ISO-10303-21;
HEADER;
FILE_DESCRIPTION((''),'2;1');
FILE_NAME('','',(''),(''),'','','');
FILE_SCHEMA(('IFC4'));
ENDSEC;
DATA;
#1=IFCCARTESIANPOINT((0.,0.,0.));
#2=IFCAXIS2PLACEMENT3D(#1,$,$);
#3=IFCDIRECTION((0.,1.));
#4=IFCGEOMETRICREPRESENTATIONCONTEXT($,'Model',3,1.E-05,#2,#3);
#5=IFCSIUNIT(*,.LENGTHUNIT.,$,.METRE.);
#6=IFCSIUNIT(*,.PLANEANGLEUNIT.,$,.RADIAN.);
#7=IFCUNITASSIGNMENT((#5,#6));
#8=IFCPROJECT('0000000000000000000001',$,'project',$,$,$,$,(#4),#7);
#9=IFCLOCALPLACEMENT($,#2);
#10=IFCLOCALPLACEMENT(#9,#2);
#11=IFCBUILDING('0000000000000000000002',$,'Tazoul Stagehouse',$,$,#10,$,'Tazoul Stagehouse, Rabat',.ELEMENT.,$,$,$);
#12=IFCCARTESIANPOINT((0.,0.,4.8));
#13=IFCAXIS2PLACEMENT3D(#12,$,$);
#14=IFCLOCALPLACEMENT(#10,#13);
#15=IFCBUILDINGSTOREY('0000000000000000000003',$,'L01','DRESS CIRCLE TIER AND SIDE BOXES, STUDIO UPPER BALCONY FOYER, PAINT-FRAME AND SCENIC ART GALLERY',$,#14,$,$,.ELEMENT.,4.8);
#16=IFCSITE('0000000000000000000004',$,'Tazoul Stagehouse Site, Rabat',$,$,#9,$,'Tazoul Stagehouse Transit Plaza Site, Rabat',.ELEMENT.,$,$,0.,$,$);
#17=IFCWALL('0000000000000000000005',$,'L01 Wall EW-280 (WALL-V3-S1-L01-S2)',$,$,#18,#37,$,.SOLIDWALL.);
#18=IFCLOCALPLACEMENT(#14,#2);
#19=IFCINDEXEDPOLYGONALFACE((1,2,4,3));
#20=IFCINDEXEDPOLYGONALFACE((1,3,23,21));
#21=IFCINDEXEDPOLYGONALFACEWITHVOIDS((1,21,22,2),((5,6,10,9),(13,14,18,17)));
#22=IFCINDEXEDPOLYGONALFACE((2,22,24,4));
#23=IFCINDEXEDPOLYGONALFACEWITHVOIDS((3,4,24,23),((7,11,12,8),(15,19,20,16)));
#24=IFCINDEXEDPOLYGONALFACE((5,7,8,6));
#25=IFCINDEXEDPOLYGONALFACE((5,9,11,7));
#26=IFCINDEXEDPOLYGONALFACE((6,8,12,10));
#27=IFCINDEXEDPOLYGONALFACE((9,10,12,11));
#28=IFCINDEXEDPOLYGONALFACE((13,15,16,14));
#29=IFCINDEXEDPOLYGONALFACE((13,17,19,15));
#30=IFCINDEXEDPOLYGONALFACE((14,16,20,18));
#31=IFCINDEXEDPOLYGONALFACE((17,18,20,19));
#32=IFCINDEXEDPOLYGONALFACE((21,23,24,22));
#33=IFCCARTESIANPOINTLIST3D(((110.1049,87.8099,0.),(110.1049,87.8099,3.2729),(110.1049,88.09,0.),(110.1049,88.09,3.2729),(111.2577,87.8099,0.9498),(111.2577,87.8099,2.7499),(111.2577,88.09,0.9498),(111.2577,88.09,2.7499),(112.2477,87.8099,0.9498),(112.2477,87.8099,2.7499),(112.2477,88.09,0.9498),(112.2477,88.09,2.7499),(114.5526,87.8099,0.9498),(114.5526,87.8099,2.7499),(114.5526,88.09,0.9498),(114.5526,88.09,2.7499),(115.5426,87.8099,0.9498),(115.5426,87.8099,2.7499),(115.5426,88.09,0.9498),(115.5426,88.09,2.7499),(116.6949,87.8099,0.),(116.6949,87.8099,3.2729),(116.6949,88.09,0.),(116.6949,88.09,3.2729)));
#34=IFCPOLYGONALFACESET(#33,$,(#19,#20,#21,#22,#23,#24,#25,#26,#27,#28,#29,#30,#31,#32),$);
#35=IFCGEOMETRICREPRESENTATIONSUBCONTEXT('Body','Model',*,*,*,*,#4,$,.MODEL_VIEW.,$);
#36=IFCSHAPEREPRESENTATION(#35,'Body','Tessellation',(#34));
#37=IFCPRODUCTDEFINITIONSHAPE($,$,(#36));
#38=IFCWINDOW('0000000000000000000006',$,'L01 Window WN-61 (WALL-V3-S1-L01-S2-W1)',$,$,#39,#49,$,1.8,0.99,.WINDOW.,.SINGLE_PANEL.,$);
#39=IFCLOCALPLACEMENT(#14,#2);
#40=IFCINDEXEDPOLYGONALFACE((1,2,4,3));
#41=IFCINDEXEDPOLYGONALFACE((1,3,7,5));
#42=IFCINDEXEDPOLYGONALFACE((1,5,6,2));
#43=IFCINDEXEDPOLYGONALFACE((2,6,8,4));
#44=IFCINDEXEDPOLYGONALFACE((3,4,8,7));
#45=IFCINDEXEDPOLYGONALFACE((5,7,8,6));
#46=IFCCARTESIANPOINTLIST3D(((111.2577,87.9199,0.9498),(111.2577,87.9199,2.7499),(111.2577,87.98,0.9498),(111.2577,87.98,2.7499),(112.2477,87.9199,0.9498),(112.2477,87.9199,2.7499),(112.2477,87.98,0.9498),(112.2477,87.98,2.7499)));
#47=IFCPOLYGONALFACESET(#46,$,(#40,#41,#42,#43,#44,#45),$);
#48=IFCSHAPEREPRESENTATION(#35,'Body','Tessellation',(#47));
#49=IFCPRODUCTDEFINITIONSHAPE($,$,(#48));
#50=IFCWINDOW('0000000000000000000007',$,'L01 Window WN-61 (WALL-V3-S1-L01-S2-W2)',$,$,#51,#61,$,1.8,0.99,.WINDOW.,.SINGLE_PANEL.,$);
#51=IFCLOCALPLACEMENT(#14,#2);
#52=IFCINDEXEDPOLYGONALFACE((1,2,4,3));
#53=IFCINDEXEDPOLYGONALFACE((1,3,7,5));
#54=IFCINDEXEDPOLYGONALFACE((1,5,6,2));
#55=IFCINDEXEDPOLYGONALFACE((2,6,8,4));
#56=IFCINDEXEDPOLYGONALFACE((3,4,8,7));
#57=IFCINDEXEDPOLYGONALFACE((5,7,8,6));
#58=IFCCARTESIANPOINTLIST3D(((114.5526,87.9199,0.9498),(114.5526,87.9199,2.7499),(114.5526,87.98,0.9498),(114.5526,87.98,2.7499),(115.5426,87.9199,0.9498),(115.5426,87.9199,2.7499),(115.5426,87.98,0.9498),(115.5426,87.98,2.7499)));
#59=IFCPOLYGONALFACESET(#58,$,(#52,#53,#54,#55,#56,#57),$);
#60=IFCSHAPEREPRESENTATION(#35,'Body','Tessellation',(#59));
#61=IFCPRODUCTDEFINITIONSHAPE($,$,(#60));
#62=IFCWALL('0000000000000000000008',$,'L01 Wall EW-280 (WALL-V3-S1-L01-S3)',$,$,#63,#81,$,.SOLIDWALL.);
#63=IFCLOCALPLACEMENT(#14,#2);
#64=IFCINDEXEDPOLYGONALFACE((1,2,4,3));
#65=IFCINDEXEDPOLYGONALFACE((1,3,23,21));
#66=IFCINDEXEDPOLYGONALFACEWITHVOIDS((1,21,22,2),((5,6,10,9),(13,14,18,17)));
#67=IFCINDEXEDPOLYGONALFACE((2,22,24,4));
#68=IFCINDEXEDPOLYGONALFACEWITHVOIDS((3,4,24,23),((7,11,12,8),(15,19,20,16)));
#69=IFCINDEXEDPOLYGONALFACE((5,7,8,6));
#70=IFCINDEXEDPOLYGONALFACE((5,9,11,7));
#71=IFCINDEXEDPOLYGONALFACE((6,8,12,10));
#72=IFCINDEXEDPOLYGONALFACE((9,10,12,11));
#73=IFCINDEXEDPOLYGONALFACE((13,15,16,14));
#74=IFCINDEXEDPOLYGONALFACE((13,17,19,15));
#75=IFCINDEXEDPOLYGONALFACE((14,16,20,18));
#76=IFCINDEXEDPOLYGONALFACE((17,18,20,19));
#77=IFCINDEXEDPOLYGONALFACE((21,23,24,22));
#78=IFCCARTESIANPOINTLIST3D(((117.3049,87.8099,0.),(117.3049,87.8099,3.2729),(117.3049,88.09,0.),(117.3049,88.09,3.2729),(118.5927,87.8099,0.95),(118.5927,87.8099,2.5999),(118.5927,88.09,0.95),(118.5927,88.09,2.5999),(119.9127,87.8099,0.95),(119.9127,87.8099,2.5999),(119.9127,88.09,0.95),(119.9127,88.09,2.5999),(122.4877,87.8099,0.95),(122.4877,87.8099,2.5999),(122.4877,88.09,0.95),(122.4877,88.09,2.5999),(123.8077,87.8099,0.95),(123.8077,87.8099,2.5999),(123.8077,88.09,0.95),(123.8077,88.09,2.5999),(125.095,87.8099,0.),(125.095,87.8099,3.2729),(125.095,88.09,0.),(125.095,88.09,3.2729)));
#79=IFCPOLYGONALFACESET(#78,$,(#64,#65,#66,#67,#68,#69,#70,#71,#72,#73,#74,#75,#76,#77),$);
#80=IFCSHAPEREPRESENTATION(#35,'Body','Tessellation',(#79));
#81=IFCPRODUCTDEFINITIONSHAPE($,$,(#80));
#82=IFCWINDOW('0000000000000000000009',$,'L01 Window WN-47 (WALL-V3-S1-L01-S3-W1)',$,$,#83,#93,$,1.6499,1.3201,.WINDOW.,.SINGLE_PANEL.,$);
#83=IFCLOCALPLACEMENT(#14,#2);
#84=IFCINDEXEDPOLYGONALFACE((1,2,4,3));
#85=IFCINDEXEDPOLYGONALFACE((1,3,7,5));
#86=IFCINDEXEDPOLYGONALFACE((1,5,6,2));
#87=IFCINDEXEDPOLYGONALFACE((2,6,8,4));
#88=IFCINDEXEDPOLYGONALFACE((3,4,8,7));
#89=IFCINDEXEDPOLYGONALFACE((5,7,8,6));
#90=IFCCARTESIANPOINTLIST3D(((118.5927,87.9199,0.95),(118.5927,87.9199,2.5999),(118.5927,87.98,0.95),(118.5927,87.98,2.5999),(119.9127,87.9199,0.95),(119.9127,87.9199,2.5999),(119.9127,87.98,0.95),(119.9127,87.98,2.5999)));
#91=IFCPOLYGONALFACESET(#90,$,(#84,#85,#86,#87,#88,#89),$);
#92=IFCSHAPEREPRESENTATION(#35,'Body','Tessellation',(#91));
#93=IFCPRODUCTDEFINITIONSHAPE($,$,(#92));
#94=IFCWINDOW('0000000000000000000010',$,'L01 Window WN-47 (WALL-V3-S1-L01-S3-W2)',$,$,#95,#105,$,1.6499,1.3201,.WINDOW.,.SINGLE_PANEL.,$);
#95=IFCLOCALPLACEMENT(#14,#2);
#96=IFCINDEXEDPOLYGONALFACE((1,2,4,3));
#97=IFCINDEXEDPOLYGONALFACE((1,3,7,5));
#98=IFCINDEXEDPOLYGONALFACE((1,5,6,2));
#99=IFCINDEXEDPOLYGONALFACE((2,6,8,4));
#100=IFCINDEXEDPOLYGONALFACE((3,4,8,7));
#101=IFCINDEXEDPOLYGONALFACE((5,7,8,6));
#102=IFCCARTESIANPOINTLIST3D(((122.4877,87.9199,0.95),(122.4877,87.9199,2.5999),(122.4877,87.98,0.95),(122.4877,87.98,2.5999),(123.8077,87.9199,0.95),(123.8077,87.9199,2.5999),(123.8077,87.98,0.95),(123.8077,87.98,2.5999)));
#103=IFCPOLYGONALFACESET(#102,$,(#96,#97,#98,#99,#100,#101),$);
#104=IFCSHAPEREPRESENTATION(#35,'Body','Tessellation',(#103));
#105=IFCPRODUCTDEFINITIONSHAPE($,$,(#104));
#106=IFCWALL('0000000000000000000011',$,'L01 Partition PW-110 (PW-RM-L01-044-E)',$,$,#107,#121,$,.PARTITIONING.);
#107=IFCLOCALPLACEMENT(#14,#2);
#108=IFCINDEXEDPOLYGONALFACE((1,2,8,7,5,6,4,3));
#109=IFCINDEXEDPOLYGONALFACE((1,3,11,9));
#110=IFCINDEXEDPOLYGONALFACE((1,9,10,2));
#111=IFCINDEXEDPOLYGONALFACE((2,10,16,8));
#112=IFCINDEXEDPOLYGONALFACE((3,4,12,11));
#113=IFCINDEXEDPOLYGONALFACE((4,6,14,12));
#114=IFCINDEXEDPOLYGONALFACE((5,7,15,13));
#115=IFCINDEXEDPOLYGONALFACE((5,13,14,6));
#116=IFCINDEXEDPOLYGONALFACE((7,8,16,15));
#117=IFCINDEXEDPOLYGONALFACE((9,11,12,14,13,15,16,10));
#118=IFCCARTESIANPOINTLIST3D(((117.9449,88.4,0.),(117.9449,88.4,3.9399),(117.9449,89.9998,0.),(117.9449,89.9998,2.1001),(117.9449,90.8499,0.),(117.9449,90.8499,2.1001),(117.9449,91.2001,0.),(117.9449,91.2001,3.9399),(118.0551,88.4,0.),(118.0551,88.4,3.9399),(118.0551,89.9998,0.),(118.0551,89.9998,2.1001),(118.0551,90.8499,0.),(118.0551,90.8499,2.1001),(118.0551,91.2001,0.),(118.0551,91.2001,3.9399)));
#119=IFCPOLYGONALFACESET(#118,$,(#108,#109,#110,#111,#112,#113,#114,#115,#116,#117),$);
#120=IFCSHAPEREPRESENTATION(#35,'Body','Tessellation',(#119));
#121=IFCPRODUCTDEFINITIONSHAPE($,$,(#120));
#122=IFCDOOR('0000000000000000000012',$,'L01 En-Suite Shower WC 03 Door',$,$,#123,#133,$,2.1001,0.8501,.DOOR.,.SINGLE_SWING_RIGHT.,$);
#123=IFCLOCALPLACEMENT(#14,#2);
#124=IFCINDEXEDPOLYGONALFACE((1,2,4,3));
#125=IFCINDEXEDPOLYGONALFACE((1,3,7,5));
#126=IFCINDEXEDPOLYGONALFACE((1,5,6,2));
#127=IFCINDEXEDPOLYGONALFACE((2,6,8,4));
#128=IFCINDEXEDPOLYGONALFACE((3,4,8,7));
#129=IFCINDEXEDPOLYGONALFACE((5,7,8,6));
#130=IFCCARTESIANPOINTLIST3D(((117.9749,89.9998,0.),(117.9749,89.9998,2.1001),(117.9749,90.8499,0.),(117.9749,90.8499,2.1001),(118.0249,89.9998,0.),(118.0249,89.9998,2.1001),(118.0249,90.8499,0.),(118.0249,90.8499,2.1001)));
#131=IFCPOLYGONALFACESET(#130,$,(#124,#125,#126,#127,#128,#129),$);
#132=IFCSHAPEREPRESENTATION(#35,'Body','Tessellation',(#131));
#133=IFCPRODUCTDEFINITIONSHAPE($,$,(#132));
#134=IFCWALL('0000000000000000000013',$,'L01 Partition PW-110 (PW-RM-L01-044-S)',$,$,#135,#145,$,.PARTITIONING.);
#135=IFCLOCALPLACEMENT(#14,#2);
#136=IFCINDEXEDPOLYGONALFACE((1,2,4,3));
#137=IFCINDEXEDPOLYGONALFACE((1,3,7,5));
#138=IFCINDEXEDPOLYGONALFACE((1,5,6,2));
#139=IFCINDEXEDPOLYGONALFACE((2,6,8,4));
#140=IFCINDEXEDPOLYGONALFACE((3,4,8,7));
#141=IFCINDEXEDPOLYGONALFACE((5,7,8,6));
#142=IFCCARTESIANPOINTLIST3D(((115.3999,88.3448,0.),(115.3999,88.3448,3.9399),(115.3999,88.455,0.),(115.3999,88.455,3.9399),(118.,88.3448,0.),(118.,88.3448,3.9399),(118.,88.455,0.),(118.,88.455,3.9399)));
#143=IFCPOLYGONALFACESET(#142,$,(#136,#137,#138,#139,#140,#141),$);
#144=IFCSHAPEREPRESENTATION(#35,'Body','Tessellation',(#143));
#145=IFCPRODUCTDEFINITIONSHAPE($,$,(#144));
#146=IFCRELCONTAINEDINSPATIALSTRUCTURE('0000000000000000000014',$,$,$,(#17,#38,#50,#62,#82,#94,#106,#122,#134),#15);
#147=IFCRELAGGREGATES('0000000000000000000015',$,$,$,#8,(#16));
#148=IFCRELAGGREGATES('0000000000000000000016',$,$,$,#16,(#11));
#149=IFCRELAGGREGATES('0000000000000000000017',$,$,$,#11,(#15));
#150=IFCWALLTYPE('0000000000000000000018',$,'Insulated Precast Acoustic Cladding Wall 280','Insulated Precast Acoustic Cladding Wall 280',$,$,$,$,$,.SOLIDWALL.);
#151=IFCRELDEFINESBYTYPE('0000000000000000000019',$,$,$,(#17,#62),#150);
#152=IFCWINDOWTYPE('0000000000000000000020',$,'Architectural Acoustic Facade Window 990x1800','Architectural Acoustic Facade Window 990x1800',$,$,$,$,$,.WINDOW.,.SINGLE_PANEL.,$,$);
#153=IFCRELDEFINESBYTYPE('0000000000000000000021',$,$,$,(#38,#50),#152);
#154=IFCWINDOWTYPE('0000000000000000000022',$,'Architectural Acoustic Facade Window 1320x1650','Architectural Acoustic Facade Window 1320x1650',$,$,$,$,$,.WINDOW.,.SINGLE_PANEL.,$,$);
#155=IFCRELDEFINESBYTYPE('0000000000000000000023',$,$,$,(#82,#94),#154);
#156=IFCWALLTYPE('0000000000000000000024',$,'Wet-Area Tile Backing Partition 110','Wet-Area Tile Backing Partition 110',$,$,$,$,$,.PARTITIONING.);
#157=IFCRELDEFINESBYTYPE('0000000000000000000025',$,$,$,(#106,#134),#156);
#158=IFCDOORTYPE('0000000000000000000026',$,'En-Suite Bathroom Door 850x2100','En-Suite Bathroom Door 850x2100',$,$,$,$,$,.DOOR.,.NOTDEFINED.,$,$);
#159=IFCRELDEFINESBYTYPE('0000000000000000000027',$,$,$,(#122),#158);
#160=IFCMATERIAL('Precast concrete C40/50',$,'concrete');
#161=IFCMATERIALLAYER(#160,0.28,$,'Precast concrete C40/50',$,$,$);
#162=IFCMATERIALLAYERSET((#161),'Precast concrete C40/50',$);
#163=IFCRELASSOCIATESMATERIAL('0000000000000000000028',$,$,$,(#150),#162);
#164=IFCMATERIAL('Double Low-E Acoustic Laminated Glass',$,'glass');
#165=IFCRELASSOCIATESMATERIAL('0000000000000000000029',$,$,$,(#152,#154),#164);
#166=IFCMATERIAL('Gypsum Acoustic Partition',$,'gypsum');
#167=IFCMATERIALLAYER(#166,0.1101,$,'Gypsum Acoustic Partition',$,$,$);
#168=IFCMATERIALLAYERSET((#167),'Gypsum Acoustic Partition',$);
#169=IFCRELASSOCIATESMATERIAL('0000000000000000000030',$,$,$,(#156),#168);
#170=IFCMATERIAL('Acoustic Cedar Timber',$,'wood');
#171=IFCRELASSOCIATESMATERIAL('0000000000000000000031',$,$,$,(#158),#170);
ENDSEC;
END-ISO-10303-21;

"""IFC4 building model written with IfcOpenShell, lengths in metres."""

from ifc_helpers import new_model, si_unit, direction, frame, frame_2d, origin, place, context, subcontext, project, spatial, rectangle, extrude, material, layer, layer_set, type_object, element, fill, save


model = new_model("IFC4")

# Units and contexts
model_context = context("Model", 3, precision=1e-05, world=origin(), true_north=direction((0.0, 1.0)))
body_context = subcontext(model_context, "Body", "Model", "MODEL_VIEW")
ifc_project = project(units=[si_unit("LENGTHUNIT", "METRE"), si_unit("PLANEANGLEUNIT", "RADIAN")], contexts=[model_context])

# Site, building, storey
site_placement = place(None, origin())
site = spatial("IfcSite", under=ifc_project, at=site_placement, Name="Tazoul Stagehouse Site, Rabat", LongName="Tazoul Stagehouse Transit Plaza Site, Rabat", CompositionType="ELEMENT", RefElevation=0.0)
building_placement = place(site_placement, origin())
building = spatial("IfcBuilding", under=site, at=building_placement, Name="Tazoul Stagehouse", LongName="Tazoul Stagehouse, Rabat", CompositionType="ELEMENT")
storey_placement = place(building_placement, frame((0.0, 0.0, 4.8)))
storey = spatial("IfcBuildingStorey", under=building, at=storey_placement, Name="L01", Description="DRESS CIRCLE TIER AND SIDE BOXES, STUDIO UPPER BALCONY FOYER, PAINT-FRAME AND SCENIC ART GALLERY", CompositionType="ELEMENT", Elevation=4.8)

# Walls, openings, windows
ifc_material_1 = material(Name="Precast concrete C40/50", Category="concrete")
ifc_layer_1 = layer(ifc_material_1, 0.28, Name="Precast concrete C40/50")
ifc_layer_set_1 = layer_set([ifc_layer_1], Name="Precast concrete C40/50")
wall_type_1 = type_object("IfcWallType", Name="Insulated Precast Acoustic Cladding Wall 280", Description="Insulated Precast Acoustic Cladding Wall 280", PredefinedType="SOLIDWALL", material=ifc_layer_set_1)
wall_1_placement = place(storey_placement, frame((110.105, 87.95, 0.0), z_axis=(0.0, 0.0, 1.0), x_axis=(1.0, 0.0, 0.0)))
wall_1 = element("IfcWall", 1, at=wall_1_placement, inside=storey, type_object=wall_type_1, Name="L01 Wall EW-280 (WALL-V3-S1-L01-S2)", PredefinedType="SOLIDWALL", context=body_context, shape_type="SweptSolid", body=[
    extrude(rectangle(XDim=6.5901, YDim=0.28, at=frame_2d((3.2949, 0.0))), origin(), (0.0, 0.0, 1.0), 3.2729),
])
opening_1_placement = place(wall_1_placement, frame((1.1526, 0.0, 0.95)))
opening_1 = element("IfcOpeningElement", 2, at=opening_1_placement, cuts=wall_1, PredefinedType="OPENING", context=body_context, shape_type="SweptSolid", body=[
    extrude(rectangle(XDim=0.99, YDim=1.8, at=frame_2d((0.4951, 0.8999))), frame((0.0, 0.1599, 0.0), z_axis=(0.0, -1.0, 0.0), x_axis=(1.0, 0.0, 0.0)), (0.0, 0.0, 1.0), 0.3201),
])
opening_2_placement = place(wall_1_placement, frame((4.4475, 0.0, 0.95)))
opening_2 = element("IfcOpeningElement", 3, at=opening_2_placement, cuts=wall_1, PredefinedType="OPENING", context=body_context, shape_type="SweptSolid", body=[
    extrude(rectangle(XDim=0.99, YDim=1.8, at=frame_2d((0.4951, 0.8999))), frame((0.0, 0.1599, 0.0), z_axis=(0.0, -1.0, 0.0), x_axis=(1.0, 0.0, 0.0)), (0.0, 0.0, 1.0), 0.3201),
])
ifc_material_2 = material(Name="Double Low-E Acoustic Laminated Glass", Category="glass")
window_type_1 = type_object("IfcWindowType", Name="Architectural Acoustic Facade Window 990x1800", Description="Architectural Acoustic Facade Window 990x1800", PartitioningType="SINGLE_PANEL", PredefinedType="WINDOW", material=ifc_material_2)
window_1_placement = place(opening_1_placement, origin())
window_1 = element("IfcWindow", 4, at=window_1_placement, inside=storey, type_object=window_type_1, Name="L01 Window WN-61 (WALL-V3-S1-L01-S2-W1)", OverallHeight=1.8, OverallWidth=0.99, PartitioningType="SINGLE_PANEL", PredefinedType="WINDOW", context=body_context, shape_type="SweptSolid", body=[
    extrude(rectangle(XDim=0.99, YDim=1.8, at=frame_2d((0.4951, 0.8999))), frame((0.0, 0.03, 0.0), z_axis=(0.0, -1.0, 0.0), x_axis=(1.0, 0.0, 0.0)), (0.0, 0.0, 1.0), 0.0601),
])
fill(opening_1, window_1)
window_2_placement = place(opening_2_placement, origin())
window_2 = element("IfcWindow", 5, at=window_2_placement, inside=storey, type_object=window_type_1, Name="L01 Window WN-61 (WALL-V3-S1-L01-S2-W2)", OverallHeight=1.8, OverallWidth=0.99, PartitioningType="SINGLE_PANEL", PredefinedType="WINDOW", context=body_context, shape_type="SweptSolid", body=[
    extrude(rectangle(XDim=0.99, YDim=1.8, at=frame_2d((0.4951, 0.8999))), frame((0.0, 0.03, 0.0), z_axis=(0.0, -1.0, 0.0), x_axis=(1.0, 0.0, 0.0)), (0.0, 0.0, 1.0), 0.0601),
])
fill(opening_2, window_2)
wall_2_placement = place(storey_placement, frame((117.3049, 87.95, 0.0), z_axis=(0.0, 0.0, 1.0), x_axis=(1.0, 0.0, 0.0)))
wall_2 = element("IfcWall", 6, at=wall_2_placement, inside=storey, type_object=wall_type_1, Name="L01 Wall EW-280 (WALL-V3-S1-L01-S3)", PredefinedType="SOLIDWALL", context=body_context, shape_type="SweptSolid", body=[
    extrude(rectangle(XDim=7.79, YDim=0.28, at=frame_2d((3.895, 0.0))), origin(), (0.0, 0.0, 1.0), 3.2729),
])
opening_3_placement = place(wall_2_placement, frame((1.2876, 0.0, 0.95)))
opening_3 = element("IfcOpeningElement", 7, at=opening_3_placement, cuts=wall_2, PredefinedType="OPENING", context=body_context, shape_type="SweptSolid", body=[
    extrude(rectangle(XDim=1.3201, YDim=1.6499, at=frame_2d((0.6602, 0.825))), frame((0.0, 0.1599, 0.0), z_axis=(0.0, -1.0, 0.0), x_axis=(1.0, 0.0, 0.0)), (0.0, 0.0, 1.0), 0.3201),
])
opening_4_placement = place(wall_2_placement, frame((5.1826, 0.0, 0.95)))
opening_4 = element("IfcOpeningElement", 8, at=opening_4_placement, cuts=wall_2, PredefinedType="OPENING", context=body_context, shape_type="SweptSolid", body=[
    extrude(rectangle(XDim=1.3201, YDim=1.6499, at=frame_2d((0.6602, 0.825))), frame((0.0, 0.1599, 0.0), z_axis=(0.0, -1.0, 0.0), x_axis=(1.0, 0.0, 0.0)), (0.0, 0.0, 1.0), 0.3201),
])
window_type_2 = type_object("IfcWindowType", Name="Architectural Acoustic Facade Window 1320x1650", Description="Architectural Acoustic Facade Window 1320x1650", PartitioningType="SINGLE_PANEL", PredefinedType="WINDOW", material=ifc_material_2)
window_3_placement = place(opening_3_placement, origin())
window_3 = element("IfcWindow", 9, at=window_3_placement, inside=storey, type_object=window_type_2, Name="L01 Window WN-47 (WALL-V3-S1-L01-S3-W1)", OverallHeight=1.6499, OverallWidth=1.3201, PartitioningType="SINGLE_PANEL", PredefinedType="WINDOW", context=body_context, shape_type="SweptSolid", body=[
    extrude(rectangle(XDim=1.3201, YDim=1.6499, at=frame_2d((0.6602, 0.825))), frame((0.0, 0.03, 0.0), z_axis=(0.0, -1.0, 0.0), x_axis=(1.0, 0.0, 0.0)), (0.0, 0.0, 1.0), 0.0601),
])
fill(opening_3, window_3)
window_4_placement = place(opening_4_placement, origin())
window_4 = element("IfcWindow", 10, at=window_4_placement, inside=storey, type_object=window_type_2, Name="L01 Window WN-47 (WALL-V3-S1-L01-S3-W2)", OverallHeight=1.6499, OverallWidth=1.3201, PartitioningType="SINGLE_PANEL", PredefinedType="WINDOW", context=body_context, shape_type="SweptSolid", body=[
    extrude(rectangle(XDim=1.3201, YDim=1.6499, at=frame_2d((0.6602, 0.825))), frame((0.0, 0.03, 0.0), z_axis=(0.0, -1.0, 0.0), x_axis=(1.0, 0.0, 0.0)), (0.0, 0.0, 1.0), 0.0601),
])
fill(opening_4, window_4)

# Wall, opening, door
ifc_material_3 = material(Name="Gypsum Acoustic Partition", Category="gypsum")
ifc_layer_2 = layer(ifc_material_3, 0.1101, Name="Gypsum Acoustic Partition")
ifc_layer_set_2 = layer_set([ifc_layer_2], Name="Gypsum Acoustic Partition")
wall_type_2 = type_object("IfcWallType", Name="Wet-Area Tile Backing Partition 110", Description="Wet-Area Tile Backing Partition 110", PredefinedType="PARTITIONING", material=ifc_layer_set_2)
wall_3_placement = place(storey_placement, frame((118.0, 91.2, 0.0), z_axis=(0.0, 0.0, 1.0), x_axis=(0.0, -1.0, 0.0)))
wall_3 = element("IfcWall", 11, at=wall_3_placement, inside=storey, type_object=wall_type_2, Name="L01 Partition PW-110 (PW-RM-L01-044-E)", PredefinedType="PARTITIONING", context=body_context, shape_type="SweptSolid", body=[
    extrude(rectangle(XDim=2.8, YDim=0.1101, at=frame_2d((1.3999, 0.0))), origin(), (0.0, 0.0, 1.0), 3.9399),
])
opening_5_placement = place(wall_3_placement, frame((0.3501, 0.0, 0.0)))
opening_5 = element("IfcOpeningElement", 12, at=opening_5_placement, cuts=wall_3, PredefinedType="OPENING", context=body_context, shape_type="SweptSolid", body=[
    extrude(rectangle(XDim=0.8501, YDim=2.1001, at=frame_2d((0.425, 1.05))), frame((0.0, 0.075, 0.0), z_axis=(0.0, -1.0, 0.0), x_axis=(1.0, 0.0, 0.0)), (0.0, 0.0, 1.0), 0.1501),
])
ifc_material_4 = material(Name="Acoustic Cedar Timber", Category="wood")
door_type = type_object("IfcDoorType", Name="En-Suite Bathroom Door 850x2100", Description="En-Suite Bathroom Door 850x2100", OperationType="NOTDEFINED", PredefinedType="DOOR", material=ifc_material_4)
door_placement = place(opening_5_placement, origin())
door = element("IfcDoor", 13, at=door_placement, inside=storey, type_object=door_type, Name="L01 En-Suite Shower WC 03 Door", OperationType="SINGLE_SWING_RIGHT", OverallHeight=2.1001, OverallWidth=0.8501, PredefinedType="DOOR", context=body_context, shape_type="SweptSolid", body=[
    extrude(rectangle(XDim=0.8501, YDim=2.1001, at=frame_2d((0.425, 1.05))), frame((0.0, 0.0249, 0.0), z_axis=(0.0, -1.0, 0.0), x_axis=(1.0, 0.0, 0.0)), (0.0, 0.0, 1.0), 0.05),
])
fill(opening_5, door)

# Wall
wall_4_placement = place(storey_placement, frame((118.0, 88.3999, 0.0), z_axis=(0.0, 0.0, 1.0), x_axis=(-1.0, 0.0, 0.0)))
element("IfcWall", 14, at=wall_4_placement, inside=storey, type_object=wall_type_2, Name="L01 Partition PW-110 (PW-RM-L01-044-S)", PredefinedType="PARTITIONING", context=body_context, shape_type="SweptSolid", body=[
    extrude(rectangle(XDim=2.6001, YDim=0.1101, at=frame_2d((1.3, 0.0))), origin(), (0.0, 0.0, 1.0), 3.9399),
])

save(model, "model.ifc")
